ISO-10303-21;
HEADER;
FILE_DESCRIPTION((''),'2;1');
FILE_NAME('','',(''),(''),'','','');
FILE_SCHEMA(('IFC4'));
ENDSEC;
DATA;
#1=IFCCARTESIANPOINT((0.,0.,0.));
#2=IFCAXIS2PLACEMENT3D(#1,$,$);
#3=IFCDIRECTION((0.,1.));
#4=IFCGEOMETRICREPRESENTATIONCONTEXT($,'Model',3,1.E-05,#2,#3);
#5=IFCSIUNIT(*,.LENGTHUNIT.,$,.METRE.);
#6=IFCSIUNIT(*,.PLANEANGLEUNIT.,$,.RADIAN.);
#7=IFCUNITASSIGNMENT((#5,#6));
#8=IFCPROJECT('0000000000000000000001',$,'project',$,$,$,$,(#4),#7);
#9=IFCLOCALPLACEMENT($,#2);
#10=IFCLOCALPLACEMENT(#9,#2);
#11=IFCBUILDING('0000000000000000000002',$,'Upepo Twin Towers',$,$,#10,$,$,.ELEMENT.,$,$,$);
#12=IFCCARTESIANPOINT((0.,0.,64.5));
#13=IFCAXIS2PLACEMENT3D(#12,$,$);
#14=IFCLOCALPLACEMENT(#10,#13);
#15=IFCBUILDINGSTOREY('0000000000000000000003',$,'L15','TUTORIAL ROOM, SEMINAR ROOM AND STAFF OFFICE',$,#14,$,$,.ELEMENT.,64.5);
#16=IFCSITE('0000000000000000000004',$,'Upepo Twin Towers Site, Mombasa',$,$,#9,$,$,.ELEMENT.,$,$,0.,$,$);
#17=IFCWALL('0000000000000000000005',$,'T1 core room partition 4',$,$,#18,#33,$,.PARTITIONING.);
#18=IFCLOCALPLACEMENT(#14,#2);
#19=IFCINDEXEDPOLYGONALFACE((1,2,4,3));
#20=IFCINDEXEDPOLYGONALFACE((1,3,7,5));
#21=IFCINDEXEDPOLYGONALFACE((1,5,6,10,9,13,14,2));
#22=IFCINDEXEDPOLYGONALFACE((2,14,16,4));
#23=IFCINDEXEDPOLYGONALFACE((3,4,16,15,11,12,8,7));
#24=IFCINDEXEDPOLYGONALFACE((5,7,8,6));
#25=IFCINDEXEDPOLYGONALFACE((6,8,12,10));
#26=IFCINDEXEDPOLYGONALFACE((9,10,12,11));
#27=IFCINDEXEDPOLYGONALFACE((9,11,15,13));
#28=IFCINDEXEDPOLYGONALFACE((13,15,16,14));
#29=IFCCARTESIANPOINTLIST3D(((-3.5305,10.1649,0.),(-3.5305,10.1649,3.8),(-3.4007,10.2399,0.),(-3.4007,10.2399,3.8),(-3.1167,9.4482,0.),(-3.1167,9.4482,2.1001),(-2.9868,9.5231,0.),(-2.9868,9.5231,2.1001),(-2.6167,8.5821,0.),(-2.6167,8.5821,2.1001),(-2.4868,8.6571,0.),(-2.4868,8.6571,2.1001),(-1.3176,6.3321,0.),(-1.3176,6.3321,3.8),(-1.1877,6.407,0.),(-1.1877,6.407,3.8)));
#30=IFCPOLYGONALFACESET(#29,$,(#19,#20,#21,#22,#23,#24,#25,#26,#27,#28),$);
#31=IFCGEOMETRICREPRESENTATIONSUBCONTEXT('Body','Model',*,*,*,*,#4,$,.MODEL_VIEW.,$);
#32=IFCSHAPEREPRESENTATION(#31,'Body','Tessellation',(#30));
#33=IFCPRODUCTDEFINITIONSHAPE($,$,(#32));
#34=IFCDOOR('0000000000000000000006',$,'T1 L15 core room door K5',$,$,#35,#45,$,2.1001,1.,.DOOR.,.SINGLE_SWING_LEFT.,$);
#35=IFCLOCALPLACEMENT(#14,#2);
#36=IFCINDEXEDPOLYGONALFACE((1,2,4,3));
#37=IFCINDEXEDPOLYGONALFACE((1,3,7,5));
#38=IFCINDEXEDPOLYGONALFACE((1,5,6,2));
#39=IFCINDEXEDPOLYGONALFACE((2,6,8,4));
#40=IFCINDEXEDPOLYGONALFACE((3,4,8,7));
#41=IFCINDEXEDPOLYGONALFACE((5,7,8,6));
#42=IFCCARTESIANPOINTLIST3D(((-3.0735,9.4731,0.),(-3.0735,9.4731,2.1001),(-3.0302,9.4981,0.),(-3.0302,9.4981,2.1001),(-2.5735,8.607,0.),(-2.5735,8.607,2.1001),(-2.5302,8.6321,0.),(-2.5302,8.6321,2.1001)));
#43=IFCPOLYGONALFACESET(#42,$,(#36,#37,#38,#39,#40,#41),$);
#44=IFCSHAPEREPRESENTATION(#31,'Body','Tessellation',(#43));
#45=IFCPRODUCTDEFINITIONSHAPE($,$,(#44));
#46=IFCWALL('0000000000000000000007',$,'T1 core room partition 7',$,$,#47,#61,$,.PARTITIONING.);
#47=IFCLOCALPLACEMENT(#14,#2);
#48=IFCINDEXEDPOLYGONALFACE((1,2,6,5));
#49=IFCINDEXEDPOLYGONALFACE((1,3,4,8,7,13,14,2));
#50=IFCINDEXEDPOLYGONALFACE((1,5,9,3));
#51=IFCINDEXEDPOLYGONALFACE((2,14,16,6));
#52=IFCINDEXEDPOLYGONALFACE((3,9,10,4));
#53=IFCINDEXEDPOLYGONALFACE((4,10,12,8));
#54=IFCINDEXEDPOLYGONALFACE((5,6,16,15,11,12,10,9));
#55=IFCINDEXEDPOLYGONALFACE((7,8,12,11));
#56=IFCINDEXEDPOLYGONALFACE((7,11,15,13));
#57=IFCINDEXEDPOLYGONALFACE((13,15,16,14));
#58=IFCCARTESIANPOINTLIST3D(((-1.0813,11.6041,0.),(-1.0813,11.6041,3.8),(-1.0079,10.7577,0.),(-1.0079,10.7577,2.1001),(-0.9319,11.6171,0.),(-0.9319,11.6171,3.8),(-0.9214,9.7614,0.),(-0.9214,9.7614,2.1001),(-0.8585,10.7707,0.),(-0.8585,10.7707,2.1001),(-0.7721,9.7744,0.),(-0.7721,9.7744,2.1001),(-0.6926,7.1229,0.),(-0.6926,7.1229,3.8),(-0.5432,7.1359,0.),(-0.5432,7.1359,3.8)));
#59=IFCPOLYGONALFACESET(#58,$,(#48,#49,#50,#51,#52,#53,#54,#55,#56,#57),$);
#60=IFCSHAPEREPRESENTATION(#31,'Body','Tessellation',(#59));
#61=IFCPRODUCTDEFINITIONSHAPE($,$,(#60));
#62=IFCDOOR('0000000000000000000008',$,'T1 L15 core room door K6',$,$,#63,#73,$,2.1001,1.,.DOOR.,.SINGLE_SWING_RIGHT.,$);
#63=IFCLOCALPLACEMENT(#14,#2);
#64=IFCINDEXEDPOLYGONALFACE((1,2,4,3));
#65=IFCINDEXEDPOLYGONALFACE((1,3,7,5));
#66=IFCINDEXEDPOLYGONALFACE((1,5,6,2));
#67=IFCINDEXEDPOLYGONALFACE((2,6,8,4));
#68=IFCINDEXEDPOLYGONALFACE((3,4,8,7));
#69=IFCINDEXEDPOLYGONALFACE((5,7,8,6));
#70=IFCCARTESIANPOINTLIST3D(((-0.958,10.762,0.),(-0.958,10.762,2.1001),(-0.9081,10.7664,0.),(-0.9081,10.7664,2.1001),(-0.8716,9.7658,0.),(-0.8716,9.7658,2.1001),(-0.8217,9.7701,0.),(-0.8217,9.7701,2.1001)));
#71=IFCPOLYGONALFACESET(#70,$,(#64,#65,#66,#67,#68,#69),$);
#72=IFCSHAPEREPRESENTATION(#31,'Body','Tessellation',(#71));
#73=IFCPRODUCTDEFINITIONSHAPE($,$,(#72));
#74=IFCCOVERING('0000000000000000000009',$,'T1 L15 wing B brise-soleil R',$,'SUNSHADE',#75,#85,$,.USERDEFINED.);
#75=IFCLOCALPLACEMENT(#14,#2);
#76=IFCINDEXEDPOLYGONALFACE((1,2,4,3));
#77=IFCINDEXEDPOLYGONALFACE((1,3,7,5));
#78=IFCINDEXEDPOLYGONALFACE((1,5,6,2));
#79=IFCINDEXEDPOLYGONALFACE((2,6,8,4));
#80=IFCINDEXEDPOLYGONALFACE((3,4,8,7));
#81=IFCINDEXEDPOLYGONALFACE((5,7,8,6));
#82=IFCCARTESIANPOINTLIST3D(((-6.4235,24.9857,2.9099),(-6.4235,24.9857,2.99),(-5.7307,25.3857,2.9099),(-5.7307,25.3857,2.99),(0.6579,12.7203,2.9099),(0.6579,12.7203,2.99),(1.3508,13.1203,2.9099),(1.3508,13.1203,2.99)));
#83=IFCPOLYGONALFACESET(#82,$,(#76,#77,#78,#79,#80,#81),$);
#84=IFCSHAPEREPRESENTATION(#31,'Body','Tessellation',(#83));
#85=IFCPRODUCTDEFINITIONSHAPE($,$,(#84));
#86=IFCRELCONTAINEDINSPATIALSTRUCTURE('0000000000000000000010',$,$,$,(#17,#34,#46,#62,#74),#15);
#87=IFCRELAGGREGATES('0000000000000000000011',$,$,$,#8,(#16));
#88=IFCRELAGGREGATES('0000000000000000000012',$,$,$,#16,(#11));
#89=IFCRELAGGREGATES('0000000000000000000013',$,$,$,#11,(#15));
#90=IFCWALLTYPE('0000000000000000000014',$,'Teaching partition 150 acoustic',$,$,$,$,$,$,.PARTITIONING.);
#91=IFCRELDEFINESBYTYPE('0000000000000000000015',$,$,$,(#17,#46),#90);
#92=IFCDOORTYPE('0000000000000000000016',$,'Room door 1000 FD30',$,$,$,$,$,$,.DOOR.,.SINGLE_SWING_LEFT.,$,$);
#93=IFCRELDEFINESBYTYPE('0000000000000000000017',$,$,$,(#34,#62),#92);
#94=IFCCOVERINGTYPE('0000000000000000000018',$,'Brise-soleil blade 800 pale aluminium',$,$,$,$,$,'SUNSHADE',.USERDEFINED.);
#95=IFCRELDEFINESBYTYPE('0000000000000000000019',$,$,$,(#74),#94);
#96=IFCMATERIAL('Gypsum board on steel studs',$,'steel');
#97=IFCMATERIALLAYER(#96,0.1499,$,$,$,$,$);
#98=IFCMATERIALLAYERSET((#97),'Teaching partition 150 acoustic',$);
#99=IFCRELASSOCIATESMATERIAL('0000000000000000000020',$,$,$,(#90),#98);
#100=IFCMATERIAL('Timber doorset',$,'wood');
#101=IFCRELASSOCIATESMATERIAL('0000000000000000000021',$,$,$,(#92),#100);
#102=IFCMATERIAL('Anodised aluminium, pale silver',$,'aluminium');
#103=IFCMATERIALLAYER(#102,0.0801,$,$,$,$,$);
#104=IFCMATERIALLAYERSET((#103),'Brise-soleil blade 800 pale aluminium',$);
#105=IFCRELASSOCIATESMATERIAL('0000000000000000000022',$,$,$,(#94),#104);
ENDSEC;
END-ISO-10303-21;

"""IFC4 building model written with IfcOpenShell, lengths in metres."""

from ifc_helpers import new_model, si_unit, direction, frame, frame_2d, origin, origin_2d, place, context, subcontext, project, spatial, rectangle, extrude, material, layer, layer_set, type_object, element, fill, save


model = new_model("IFC4")

# Units and contexts
model_context = context("Model", 3, precision=1e-05, world=origin(), true_north=direction((0.0, 1.0)))
body_context = subcontext(model_context, "Body", "Model", "MODEL_VIEW")
ifc_project = project(units=[si_unit("LENGTHUNIT", "METRE"), si_unit("PLANEANGLEUNIT", "RADIAN")], contexts=[model_context])

# Site, building, storey
site_placement = place(None, origin())
site = spatial("IfcSite", under=ifc_project, at=site_placement, Name="Upepo Twin Towers Site, Mombasa", CompositionType="ELEMENT", RefElevation=0.0)
building_placement = place(site_placement, origin())
building = spatial("IfcBuilding", under=site, at=building_placement, Name="Upepo Twin Towers", CompositionType="ELEMENT")
storey_placement = place(building_placement, frame((0.0, 0.0, 64.5)))
storey = spatial("IfcBuildingStorey", under=building, at=storey_placement, Name="L15", Description="TUTORIAL ROOM, SEMINAR ROOM AND STAFF OFFICE", CompositionType="ELEMENT", Elevation=64.5)

# Walls, openings, doors
ifc_material_1 = material(Name="Gypsum board on steel studs", Category="steel")
ifc_layer_1 = layer(ifc_material_1, 0.1499)
ifc_layer_set_1 = layer_set([ifc_layer_1], Name="Teaching partition 150 acoustic")
wall_type_1 = type_object("IfcWallType", Name="Teaching partition 150 acoustic", PredefinedType="PARTITIONING", material=ifc_layer_set_1)
wall_1_placement = place(storey_placement, frame((-3.4656, 10.2024, 0.0), z_axis=(0.0, 0.0, 1.0), x_axis=(0.500007, -0.866021, 0.0)))
wall_1 = element("IfcWall", 1, at=wall_1_placement, inside=storey, type_object=wall_type_1, Name="T1 core room partition 4", PredefinedType="PARTITIONING", context=body_context, shape_type="SweptSolid", body=[
    extrude(rectangle(XDim=4.4258, YDim=0.1499, at=frame_2d((2.2129, 0.0))), origin(), (0.0, 0.0, 1.0), 3.8),
])
opening_1_placement = place(wall_1_placement, frame((0.8276, 0.0, 0.0)))
opening_1 = element("IfcOpeningElement", 2, at=opening_1_placement, cuts=wall_1, PredefinedType="OPENING", context=body_context, shape_type="SweptSolid", body=[
    extrude(rectangle(XDim=1.0, YDim=2.1001, at=frame_2d((0.5, 1.05))), frame((0.0, 0.085, 0.0), z_axis=(0.0, -1.0, 0.0), x_axis=(1.0, 0.0, 0.0)), (0.0, 0.0, 1.0), 0.1699),
])
ifc_material_2 = material(Name="Timber doorset", Category="wood")
door_type = type_object("IfcDoorType", Name="Room door 1000 FD30", OperationType="SINGLE_SWING_LEFT", PredefinedType="DOOR", material=ifc_material_2)
door_1_placement = place(opening_1_placement, origin())
door_1 = element("IfcDoor", 3, at=door_1_placement, inside=storey, type_object=door_type, Name="T1 L15 core room door K5", OperationType="SINGLE_SWING_LEFT", OverallHeight=2.1001, OverallWidth=1.0, PredefinedType="DOOR", context=body_context, shape_type="SweptSolid", body=[
    extrude(rectangle(XDim=1.0, YDim=2.1001, at=frame_2d((0.5, 1.05))), frame((0.0, 0.0249, 0.0), z_axis=(0.0, -1.0, 0.0), x_axis=(1.0, 0.0, 0.0)), (0.0, 0.0, 1.0), 0.05),
])
fill(opening_1, door_1)
wall_2_placement = place(storey_placement, frame((-0.6179, 7.1294, 0.0), z_axis=(0.0, 0.0, 1.0), x_axis=(-0.086409, 0.99626, 0.0)))
wall_2 = element("IfcWall", 4, at=wall_2_placement, inside=storey, type_object=wall_type_1, Name="T1 core room partition 7", PredefinedType="PARTITIONING", context=body_context, shape_type="SweptSolid", body=[
    extrude(rectangle(XDim=4.498, YDim=0.1499, at=frame_2d((2.249, 0.0))), origin(), (0.0, 0.0, 1.0), 3.8),
])
opening_2_placement = place(wall_2_placement, frame((2.6484, 0.0, 0.0)))
opening_2 = element("IfcOpeningElement", 5, at=opening_2_placement, cuts=wall_2, PredefinedType="OPENING", context=body_context, shape_type="SweptSolid", body=[
    extrude(rectangle(XDim=1.0, YDim=2.1001, at=frame_2d((0.5, 1.05))), frame((0.0, 0.085, 0.0), z_axis=(0.0, -1.0, 0.0), x_axis=(1.0, 0.0, 0.0)), (0.0, 0.0, 1.0), 0.1699),
])
door_2_placement = place(opening_2_placement, origin())
door_2 = element("IfcDoor", 6, at=door_2_placement, inside=storey, type_object=door_type, Name="T1 L15 core room door K6", OperationType="SINGLE_SWING_RIGHT", OverallHeight=2.1001, OverallWidth=1.0, PredefinedType="DOOR", context=body_context, shape_type="SweptSolid", body=[
    extrude(rectangle(XDim=1.0, YDim=2.1001, at=frame_2d((0.5, 1.05))), frame((0.0, 0.0249, 0.0), z_axis=(0.0, -1.0, 0.0), x_axis=(1.0, 0.0, 0.0)), (0.0, 0.0, 1.0), 0.05),
])
fill(opening_2, door_2)

# Covering
ifc_material_3 = material(Name="Anodised aluminium, pale silver", Category="aluminium")
ifc_layer_2 = layer(ifc_material_3, 0.0801)
ifc_layer_set_2 = layer_set([ifc_layer_2], Name="Brise-soleil blade 800 pale aluminium")
covering_type = type_object("IfcCoveringType", Name="Brise-soleil blade 800 pale aluminium", ElementType="SUNSHADE", PredefinedType="USERDEFINED", material=ifc_layer_set_2)
covering_placement = place(storey_placement, frame((-2.5364, 19.053, 2.9099), z_axis=(0.0, 0.0, 1.0), x_axis=(-0.5, 0.866025, 0.0)))
element("IfcCovering", 7, at=covering_placement, inside=storey, type_object=covering_type, Name="T1 L15 wing B brise-soleil R", ObjectType="SUNSHADE", PredefinedType="USERDEFINED", context=body_context, shape_type="SweptSolid", body=[
    extrude(rectangle(XDim=14.1628, YDim=0.8, at=origin_2d()), origin(), (0.0, 0.0, 1.0), 0.0801),
])

save(model, "model.ifc")
